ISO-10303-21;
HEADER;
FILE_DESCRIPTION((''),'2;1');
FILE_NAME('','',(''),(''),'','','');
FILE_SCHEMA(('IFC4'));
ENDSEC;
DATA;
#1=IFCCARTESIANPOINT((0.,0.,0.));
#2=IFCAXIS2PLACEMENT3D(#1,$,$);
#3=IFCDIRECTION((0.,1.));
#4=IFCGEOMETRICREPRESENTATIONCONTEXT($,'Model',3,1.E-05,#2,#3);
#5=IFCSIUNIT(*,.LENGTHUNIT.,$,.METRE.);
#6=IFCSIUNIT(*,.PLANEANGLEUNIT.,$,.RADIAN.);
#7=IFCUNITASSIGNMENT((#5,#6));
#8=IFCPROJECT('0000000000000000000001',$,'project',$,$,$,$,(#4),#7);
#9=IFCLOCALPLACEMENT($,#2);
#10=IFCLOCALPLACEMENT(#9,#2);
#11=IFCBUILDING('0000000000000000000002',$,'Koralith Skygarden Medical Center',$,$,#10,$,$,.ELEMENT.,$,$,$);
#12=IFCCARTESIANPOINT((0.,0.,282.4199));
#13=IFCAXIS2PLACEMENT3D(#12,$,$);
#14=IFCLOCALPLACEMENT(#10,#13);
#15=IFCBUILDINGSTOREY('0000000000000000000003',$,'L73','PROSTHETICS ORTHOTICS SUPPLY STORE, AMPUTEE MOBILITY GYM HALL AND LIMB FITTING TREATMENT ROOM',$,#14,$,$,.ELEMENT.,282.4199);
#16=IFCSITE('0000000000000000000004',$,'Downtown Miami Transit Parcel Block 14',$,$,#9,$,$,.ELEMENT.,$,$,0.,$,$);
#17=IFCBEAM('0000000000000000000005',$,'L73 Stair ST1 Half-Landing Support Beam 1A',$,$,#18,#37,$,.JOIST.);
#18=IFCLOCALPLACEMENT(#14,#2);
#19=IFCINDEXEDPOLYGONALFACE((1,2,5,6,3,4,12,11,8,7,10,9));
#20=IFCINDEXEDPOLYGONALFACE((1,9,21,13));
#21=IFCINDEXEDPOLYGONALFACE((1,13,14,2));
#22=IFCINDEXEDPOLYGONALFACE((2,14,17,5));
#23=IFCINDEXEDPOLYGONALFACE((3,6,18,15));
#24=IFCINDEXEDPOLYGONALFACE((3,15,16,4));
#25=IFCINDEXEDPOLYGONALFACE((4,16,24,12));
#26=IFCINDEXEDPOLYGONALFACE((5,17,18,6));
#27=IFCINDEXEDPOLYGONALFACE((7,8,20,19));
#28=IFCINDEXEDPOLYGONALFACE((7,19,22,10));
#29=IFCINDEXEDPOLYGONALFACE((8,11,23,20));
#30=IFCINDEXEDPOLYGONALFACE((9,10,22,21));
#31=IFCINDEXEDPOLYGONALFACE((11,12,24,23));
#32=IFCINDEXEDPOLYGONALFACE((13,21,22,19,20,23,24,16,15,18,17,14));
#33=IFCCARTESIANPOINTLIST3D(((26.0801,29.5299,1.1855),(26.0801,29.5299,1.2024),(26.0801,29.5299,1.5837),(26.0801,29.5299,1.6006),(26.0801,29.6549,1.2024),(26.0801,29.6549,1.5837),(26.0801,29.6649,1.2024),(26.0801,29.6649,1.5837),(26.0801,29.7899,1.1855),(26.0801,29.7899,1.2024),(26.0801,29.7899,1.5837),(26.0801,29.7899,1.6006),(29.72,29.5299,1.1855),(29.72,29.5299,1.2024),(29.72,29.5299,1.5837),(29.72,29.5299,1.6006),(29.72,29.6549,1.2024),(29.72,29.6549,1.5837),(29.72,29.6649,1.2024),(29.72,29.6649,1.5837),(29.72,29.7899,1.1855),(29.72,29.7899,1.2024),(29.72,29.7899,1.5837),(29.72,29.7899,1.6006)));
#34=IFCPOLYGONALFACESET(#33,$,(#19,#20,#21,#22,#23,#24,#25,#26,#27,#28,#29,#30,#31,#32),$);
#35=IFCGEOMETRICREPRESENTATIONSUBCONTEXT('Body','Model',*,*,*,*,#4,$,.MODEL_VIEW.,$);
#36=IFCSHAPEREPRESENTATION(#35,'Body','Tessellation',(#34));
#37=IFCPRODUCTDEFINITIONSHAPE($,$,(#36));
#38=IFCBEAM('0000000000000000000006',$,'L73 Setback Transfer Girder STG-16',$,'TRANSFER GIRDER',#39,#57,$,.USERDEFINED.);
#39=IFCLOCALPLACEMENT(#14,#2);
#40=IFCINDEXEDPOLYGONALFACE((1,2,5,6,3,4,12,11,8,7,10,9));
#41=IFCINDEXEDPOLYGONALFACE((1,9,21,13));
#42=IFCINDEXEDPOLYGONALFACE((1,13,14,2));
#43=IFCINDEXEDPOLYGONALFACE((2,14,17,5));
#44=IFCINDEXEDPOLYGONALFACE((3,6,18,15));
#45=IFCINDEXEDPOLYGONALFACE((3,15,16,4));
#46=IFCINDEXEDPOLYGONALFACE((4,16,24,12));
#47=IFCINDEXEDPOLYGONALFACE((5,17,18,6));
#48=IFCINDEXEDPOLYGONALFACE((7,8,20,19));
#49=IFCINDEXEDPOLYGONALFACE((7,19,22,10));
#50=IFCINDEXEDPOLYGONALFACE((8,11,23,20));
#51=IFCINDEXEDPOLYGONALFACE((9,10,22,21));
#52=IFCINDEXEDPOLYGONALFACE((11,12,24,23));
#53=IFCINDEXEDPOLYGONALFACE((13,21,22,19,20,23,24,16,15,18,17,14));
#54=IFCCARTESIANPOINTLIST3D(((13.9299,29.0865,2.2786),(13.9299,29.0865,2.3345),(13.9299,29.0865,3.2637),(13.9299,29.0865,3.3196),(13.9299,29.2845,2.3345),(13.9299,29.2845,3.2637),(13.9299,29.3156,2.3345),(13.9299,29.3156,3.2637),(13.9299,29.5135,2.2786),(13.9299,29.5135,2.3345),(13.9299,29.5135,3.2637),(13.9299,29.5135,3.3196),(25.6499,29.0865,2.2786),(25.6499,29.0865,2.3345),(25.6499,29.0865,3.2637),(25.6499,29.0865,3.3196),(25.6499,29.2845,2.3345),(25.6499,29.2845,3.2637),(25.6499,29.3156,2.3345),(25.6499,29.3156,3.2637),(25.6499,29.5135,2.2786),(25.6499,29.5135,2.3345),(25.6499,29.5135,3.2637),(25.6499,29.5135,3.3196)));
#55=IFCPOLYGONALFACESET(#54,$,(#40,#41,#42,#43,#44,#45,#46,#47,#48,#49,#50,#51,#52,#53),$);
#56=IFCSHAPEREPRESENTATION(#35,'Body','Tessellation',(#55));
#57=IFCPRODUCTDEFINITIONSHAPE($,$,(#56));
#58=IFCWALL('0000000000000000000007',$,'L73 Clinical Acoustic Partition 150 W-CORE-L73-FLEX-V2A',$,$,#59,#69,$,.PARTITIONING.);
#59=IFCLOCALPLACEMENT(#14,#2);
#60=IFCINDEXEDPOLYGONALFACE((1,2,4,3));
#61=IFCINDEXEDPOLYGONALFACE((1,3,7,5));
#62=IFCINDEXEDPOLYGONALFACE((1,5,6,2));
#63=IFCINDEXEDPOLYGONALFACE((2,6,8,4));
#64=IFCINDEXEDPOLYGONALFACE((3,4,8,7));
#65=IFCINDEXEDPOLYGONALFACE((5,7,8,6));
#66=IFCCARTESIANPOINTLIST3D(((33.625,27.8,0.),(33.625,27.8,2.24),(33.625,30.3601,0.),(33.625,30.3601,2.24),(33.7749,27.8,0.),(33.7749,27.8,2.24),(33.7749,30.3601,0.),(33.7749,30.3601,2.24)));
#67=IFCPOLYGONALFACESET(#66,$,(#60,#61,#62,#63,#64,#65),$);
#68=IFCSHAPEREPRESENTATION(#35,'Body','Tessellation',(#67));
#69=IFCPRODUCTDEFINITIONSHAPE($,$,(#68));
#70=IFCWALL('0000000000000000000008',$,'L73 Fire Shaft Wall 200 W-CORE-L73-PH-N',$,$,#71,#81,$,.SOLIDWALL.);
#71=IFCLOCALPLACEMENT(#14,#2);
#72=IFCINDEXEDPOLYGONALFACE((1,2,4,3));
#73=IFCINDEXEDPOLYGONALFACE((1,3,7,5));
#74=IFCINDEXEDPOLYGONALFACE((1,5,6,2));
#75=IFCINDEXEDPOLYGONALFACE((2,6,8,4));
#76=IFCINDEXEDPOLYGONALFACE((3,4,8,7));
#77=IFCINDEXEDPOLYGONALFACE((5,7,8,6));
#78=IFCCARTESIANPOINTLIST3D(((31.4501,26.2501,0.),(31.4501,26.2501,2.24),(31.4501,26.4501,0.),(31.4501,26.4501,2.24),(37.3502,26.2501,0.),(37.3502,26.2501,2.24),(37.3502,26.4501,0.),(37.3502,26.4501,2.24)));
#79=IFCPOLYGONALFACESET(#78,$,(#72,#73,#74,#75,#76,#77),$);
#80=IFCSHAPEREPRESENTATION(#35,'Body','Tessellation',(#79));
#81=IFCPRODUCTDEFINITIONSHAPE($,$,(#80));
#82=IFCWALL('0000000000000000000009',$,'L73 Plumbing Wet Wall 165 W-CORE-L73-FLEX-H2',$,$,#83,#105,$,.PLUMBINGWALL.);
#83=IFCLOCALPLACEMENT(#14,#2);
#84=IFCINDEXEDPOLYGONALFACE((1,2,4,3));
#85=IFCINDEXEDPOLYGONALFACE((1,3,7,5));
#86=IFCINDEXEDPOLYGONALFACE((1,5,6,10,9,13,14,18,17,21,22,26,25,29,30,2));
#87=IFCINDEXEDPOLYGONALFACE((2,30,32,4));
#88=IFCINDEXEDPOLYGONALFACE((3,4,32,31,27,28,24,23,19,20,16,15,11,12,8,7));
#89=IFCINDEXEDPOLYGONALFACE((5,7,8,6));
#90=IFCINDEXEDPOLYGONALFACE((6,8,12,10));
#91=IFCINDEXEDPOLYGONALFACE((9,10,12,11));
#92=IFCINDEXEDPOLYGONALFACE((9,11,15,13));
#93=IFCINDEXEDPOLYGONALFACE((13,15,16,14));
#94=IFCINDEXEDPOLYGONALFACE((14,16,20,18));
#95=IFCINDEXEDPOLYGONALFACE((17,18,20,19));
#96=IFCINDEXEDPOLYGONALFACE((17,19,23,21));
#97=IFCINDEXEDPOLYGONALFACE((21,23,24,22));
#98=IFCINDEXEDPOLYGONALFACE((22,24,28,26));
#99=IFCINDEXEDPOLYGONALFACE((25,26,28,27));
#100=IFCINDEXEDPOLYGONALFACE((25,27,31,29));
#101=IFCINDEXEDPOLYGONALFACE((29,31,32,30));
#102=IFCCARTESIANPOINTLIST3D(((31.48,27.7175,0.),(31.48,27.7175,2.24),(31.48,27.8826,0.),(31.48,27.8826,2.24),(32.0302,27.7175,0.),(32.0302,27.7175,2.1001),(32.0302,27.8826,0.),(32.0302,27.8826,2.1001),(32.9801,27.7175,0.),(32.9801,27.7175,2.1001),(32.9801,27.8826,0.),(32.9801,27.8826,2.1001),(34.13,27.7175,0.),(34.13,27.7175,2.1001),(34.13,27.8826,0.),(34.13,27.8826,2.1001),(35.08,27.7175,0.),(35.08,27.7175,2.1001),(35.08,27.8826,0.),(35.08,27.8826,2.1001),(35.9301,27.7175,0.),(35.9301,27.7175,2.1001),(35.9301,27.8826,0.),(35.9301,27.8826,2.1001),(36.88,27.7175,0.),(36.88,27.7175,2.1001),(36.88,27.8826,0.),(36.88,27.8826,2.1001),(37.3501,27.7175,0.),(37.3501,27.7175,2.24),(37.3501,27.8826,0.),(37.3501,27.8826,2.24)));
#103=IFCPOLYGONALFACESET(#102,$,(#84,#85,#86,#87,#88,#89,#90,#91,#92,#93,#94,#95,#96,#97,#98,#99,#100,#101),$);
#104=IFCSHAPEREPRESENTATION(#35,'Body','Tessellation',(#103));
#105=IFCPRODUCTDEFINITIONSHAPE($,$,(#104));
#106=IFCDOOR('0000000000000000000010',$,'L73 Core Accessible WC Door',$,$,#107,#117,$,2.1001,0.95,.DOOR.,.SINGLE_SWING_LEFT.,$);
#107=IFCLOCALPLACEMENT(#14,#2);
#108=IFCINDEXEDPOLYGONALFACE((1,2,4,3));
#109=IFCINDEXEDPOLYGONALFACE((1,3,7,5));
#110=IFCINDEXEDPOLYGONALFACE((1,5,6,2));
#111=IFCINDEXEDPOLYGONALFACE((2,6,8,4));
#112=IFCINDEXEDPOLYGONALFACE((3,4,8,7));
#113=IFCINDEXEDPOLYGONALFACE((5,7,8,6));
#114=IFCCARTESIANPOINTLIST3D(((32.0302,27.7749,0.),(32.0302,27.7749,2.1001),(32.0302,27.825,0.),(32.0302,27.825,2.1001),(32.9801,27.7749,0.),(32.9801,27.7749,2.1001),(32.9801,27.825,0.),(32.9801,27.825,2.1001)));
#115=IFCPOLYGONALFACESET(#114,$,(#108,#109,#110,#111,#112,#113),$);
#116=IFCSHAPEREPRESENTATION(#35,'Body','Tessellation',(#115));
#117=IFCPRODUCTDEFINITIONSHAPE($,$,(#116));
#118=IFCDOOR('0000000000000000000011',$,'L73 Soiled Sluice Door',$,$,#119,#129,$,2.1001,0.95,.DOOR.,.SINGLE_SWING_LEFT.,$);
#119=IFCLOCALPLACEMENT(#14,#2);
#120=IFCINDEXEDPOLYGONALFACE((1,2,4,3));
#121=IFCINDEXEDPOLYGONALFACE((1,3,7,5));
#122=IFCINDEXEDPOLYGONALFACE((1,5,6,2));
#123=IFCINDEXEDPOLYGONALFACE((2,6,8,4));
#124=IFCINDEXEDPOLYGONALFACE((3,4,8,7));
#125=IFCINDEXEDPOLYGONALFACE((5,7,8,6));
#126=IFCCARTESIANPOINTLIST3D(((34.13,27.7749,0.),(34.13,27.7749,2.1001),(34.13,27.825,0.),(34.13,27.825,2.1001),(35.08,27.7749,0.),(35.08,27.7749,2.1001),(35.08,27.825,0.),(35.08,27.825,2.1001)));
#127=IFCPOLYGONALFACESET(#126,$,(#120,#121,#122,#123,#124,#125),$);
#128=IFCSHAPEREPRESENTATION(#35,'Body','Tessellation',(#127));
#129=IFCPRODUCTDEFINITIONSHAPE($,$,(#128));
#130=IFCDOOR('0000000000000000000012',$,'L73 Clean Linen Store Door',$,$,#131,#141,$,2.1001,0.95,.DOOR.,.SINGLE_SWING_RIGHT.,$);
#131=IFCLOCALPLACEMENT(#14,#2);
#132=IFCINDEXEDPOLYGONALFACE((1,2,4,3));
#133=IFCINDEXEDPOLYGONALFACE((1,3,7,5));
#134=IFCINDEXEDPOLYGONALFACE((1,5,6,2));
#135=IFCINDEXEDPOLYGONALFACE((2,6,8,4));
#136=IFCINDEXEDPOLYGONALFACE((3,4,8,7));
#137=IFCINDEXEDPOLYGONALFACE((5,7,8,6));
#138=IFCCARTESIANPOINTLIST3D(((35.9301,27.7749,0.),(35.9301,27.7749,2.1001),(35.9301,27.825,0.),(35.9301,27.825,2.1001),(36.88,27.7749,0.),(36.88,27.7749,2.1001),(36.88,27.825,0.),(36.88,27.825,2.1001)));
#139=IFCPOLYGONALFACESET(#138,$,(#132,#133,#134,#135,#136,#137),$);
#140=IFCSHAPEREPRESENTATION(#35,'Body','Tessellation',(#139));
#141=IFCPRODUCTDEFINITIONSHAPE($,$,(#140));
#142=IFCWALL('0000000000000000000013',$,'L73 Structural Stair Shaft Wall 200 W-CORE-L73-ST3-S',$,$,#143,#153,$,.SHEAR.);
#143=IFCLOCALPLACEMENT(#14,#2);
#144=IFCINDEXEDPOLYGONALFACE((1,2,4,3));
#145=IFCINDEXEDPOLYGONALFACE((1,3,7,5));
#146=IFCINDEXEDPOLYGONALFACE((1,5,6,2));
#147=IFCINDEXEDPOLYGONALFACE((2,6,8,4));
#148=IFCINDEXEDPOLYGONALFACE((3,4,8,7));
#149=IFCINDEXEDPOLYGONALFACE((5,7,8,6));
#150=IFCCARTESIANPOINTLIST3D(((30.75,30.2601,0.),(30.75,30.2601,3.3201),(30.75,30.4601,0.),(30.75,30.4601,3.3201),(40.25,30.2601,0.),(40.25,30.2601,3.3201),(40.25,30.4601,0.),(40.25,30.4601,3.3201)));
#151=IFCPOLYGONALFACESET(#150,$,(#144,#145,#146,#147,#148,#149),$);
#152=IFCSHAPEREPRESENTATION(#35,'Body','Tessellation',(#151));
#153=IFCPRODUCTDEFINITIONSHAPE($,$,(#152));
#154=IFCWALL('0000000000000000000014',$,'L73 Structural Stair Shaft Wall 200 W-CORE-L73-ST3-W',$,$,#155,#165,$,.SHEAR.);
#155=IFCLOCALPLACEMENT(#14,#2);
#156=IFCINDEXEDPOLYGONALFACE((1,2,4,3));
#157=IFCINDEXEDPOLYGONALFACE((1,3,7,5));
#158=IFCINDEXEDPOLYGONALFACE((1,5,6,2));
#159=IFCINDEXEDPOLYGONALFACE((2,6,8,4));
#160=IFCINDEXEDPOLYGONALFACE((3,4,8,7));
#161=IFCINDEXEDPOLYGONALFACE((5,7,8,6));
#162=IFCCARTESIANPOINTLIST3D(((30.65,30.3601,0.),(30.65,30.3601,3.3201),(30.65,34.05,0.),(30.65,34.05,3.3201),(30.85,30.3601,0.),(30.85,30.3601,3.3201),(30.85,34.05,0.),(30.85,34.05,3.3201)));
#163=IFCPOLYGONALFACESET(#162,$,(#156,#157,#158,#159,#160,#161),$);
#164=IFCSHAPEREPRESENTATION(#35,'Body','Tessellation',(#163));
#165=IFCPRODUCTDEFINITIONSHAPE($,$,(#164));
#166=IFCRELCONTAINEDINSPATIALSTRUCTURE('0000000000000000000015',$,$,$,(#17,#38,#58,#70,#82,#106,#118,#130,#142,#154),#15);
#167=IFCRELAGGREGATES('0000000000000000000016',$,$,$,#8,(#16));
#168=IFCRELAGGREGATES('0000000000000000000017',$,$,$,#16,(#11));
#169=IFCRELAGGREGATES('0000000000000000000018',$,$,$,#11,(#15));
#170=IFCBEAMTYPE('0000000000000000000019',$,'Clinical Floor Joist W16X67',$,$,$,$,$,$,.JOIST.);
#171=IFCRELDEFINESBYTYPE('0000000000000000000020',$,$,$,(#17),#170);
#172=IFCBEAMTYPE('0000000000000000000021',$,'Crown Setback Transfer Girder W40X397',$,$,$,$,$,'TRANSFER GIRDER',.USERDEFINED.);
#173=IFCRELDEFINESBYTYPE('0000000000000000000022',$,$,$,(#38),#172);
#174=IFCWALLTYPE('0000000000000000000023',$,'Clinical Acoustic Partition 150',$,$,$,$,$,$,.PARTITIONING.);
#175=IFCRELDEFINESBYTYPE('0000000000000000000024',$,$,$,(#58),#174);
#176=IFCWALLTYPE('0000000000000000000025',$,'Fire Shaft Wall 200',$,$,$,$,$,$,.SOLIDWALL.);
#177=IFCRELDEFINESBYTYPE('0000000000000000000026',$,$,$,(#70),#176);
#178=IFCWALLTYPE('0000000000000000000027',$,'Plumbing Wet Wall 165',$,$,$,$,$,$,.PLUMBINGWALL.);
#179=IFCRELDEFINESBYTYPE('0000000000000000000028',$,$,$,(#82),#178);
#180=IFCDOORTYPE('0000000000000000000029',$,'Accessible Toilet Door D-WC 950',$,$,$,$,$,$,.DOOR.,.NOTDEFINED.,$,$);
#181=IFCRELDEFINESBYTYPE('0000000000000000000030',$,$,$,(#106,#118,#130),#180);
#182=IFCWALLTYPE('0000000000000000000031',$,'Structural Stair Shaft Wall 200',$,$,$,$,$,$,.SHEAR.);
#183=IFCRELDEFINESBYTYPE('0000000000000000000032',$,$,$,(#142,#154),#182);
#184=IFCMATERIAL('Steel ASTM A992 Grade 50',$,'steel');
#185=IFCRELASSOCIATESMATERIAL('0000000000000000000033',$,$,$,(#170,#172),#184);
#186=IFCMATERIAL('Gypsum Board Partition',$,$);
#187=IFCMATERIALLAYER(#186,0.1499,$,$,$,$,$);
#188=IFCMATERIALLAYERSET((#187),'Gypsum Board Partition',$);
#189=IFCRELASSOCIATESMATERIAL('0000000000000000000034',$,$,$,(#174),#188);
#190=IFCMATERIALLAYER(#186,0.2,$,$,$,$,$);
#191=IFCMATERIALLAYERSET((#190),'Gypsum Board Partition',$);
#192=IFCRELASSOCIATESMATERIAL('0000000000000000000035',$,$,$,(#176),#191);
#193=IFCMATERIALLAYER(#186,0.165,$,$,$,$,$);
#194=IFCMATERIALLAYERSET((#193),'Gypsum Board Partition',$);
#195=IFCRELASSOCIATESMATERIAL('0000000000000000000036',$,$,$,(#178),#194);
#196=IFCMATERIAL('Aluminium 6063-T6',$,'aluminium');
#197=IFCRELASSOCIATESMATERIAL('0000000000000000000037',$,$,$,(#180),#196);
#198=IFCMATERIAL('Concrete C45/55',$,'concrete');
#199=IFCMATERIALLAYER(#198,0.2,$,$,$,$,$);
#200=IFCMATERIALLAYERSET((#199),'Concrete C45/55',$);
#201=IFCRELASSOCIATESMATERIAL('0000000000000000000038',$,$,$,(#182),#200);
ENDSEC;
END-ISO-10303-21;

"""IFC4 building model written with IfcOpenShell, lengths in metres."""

from ifc_helpers import new_model, si_unit, direction, frame, frame_2d, origin, origin_2d, place, context, subcontext, project, spatial, rectangle, i_section, extrude, material, layer, layer_set, material_profile, profile_set, type_object, element, fill, save


model = new_model("IFC4")

# Units and contexts
model_context = context("Model", 3, precision=1e-05, world=origin(), true_north=direction((0.0, 1.0)))
body_context = subcontext(model_context, "Body", "Model", "MODEL_VIEW")
ifc_project = project(units=[si_unit("LENGTHUNIT", "METRE"), si_unit("PLANEANGLEUNIT", "RADIAN")], contexts=[model_context])

# Site, building, storey
site_placement = place(None, origin())
site = spatial("IfcSite", under=ifc_project, at=site_placement, Name="Downtown Miami Transit Parcel Block 14", CompositionType="ELEMENT", RefElevation=0.0)
building_placement = place(site_placement, origin())
building = spatial("IfcBuilding", under=site, at=building_placement, Name="Koralith Skygarden Medical Center", CompositionType="ELEMENT")
storey_placement = place(building_placement, frame((0.0, 0.0, 282.4199)))
storey = spatial("IfcBuildingStorey", under=building, at=storey_placement, Name="L73", Description="PROSTHETICS ORTHOTICS SUPPLY STORE, AMPUTEE MOBILITY GYM HALL AND LIMB FITTING TREATMENT ROOM", CompositionType="ELEMENT", Elevation=282.4199)

# Beams
ifc_material_1 = material(Name="Steel ASTM A992 Grade 50", Category="steel")
ifc_material_profile_1 = material_profile(ifc_material_1, i_section(OverallWidth=0.26, OverallDepth=0.415, WebThickness=0.01, FlangeThickness=0.0168, at=origin_2d()), Name="W16X67")
ifc_profile_set_1 = profile_set([ifc_material_profile_1], Name="Steel ASTM A992 Grade 50")
beam_type_1 = type_object("IfcBeamType", Name="Clinical Floor Joist W16X67", PredefinedType="JOIST", material=ifc_profile_set_1)
beam_1_placement = place(storey_placement, frame((26.0801, 29.6599, 1.3931), z_axis=(1.0, 0.0, 0.0), x_axis=(0.0, 1.0, 0.0)))
element("IfcBeam", 1, at=beam_1_placement, inside=storey, type_object=beam_type_1, Name="L73 Stair ST1 Half-Landing Support Beam 1A", PredefinedType="JOIST", context=body_context, shape_type="SweptSolid", body=[
    extrude(i_section(OverallWidth=0.26, OverallDepth=0.415, WebThickness=0.01, FlangeThickness=0.0168, at=origin_2d()), origin(), (0.0, 0.0, 1.0), 3.6399),
])
ifc_material_profile_2 = material_profile(ifc_material_1, i_section(OverallWidth=0.427, OverallDepth=1.041, WebThickness=0.031, FlangeThickness=0.0559, at=origin_2d()), Name="W40X397")
ifc_profile_set_2 = profile_set([ifc_material_profile_2], Name="Steel ASTM A992 Grade 50")
beam_type_2 = type_object("IfcBeamType", Name="Crown Setback Transfer Girder W40X397", ElementType="TRANSFER GIRDER", PredefinedType="USERDEFINED", material=ifc_profile_set_2)
beam_2_placement = place(storey_placement, frame((25.6499, 29.3, 2.7991), z_axis=(-1.0, 0.0, 0.0), x_axis=(0.0, -1.0, 0.0)))
element("IfcBeam", 2, at=beam_2_placement, inside=storey, type_object=beam_type_2, Name="L73 Setback Transfer Girder STG-16", ObjectType="TRANSFER GIRDER", PredefinedType="USERDEFINED", context=body_context, shape_type="SweptSolid", body=[
    extrude(i_section(OverallWidth=0.427, OverallDepth=1.041, WebThickness=0.031, FlangeThickness=0.0559, at=origin_2d()), origin(), (0.0, 0.0, 1.0), 11.72),
])

# Walls
ifc_material_2 = material(Name="Gypsum Board Partition")
ifc_layer_1 = layer(ifc_material_2, 0.1499)
ifc_layer_set_1 = layer_set([ifc_layer_1], Name="Gypsum Board Partition")
wall_type_1 = type_object("IfcWallType", Name="Clinical Acoustic Partition 150", PredefinedType="PARTITIONING", material=ifc_layer_set_1)
wall_1_placement = place(storey_placement, frame((33.7, 27.8, 0.0), z_axis=(0.0, 0.0, 1.0), x_axis=(0.0, 1.0, 0.0)))
element("IfcWall", 3, at=wall_1_placement, inside=storey, type_object=wall_type_1, Name="L73 Clinical Acoustic Partition 150 W-CORE-L73-FLEX-V2A", PredefinedType="PARTITIONING", context=body_context, shape_type="SweptSolid", body=[
    extrude(rectangle(XDim=2.5601, YDim=0.1499, at=frame_2d((1.28, 0.0))), origin(), (0.0, 0.0, 1.0), 2.24),
])
ifc_layer_2 = layer(ifc_material_2, 0.2)
ifc_layer_set_2 = layer_set([ifc_layer_2], Name="Gypsum Board Partition")
wall_type_2 = type_object("IfcWallType", Name="Fire Shaft Wall 200", PredefinedType="SOLIDWALL", material=ifc_layer_set_2)
wall_2_placement = place(storey_placement, frame((31.45, 26.3501, 0.0), z_axis=(0.0, 0.0, 1.0), x_axis=(1.0, 0.0, 0.0)))
element("IfcWall", 4, at=wall_2_placement, inside=storey, type_object=wall_type_2, Name="L73 Fire Shaft Wall 200 W-CORE-L73-PH-N", PredefinedType="SOLIDWALL", context=body_context, shape_type="SweptSolid", body=[
    extrude(rectangle(XDim=5.9001, YDim=0.2, at=frame_2d((2.9502, 0.0))), origin(), (0.0, 0.0, 1.0), 2.24),
])

# Shared definitions
ifc_layer_3 = layer(ifc_material_2, 0.165)
ifc_layer_set_3 = layer_set([ifc_layer_3], Name="Gypsum Board Partition")
wall_type_3 = type_object("IfcWallType", Name="Plumbing Wet Wall 165", PredefinedType="PLUMBINGWALL", material=ifc_layer_set_3)
ifc_material_3 = material(Name="Aluminium 6063-T6", Category="aluminium")

# Wall, openings, doors
wall_3_placement = place(storey_placement, frame((31.48, 27.8, 0.0), z_axis=(0.0, 0.0, 1.0), x_axis=(1.0, 0.0, 0.0)))
wall_3 = element("IfcWall", 5, at=wall_3_placement, inside=storey, type_object=wall_type_3, Name="L73 Plumbing Wet Wall 165 W-CORE-L73-FLEX-H2", PredefinedType="PLUMBINGWALL", context=body_context, shape_type="SweptSolid", body=[
    extrude(rectangle(XDim=5.8701, YDim=0.165, at=frame_2d((2.9351, 0.0))), origin(), (0.0, 0.0, 1.0), 2.24),
])
opening_1_placement = place(wall_3_placement, frame((0.55, 0.0, 0.0)))
opening_1 = element("IfcOpeningElement", 6, at=opening_1_placement, cuts=wall_3, PredefinedType="OPENING", context=body_context, shape_type="SweptSolid", body=[
    extrude(rectangle(XDim=0.95, YDim=2.1001, at=frame_2d((0.4751, 1.05))), frame((0.0, 0.0925, 0.0), z_axis=(0.0, -1.0, 0.0), x_axis=(1.0, 0.0, 0.0)), (0.0, 0.0, 1.0), 0.1851),
])
opening_2_placement = place(wall_3_placement, frame((2.6499, 0.0, 0.0)))
opening_2 = element("IfcOpeningElement", 7, at=opening_2_placement, cuts=wall_3, PredefinedType="OPENING", context=body_context, shape_type="SweptSolid", body=[
    extrude(rectangle(XDim=0.95, YDim=2.1001, at=frame_2d((0.4751, 1.05))), frame((0.0, 0.0925, 0.0), z_axis=(0.0, -1.0, 0.0), x_axis=(1.0, 0.0, 0.0)), (0.0, 0.0, 1.0), 0.1851),
])
opening_3_placement = place(wall_3_placement, frame((4.45, 0.0, 0.0)))
opening_3 = element("IfcOpeningElement", 8, at=opening_3_placement, cuts=wall_3, PredefinedType="OPENING", context=body_context, shape_type="SweptSolid", body=[
    extrude(rectangle(XDim=0.95, YDim=2.1001, at=frame_2d((0.4751, 1.05))), frame((0.0, 0.0925, 0.0), z_axis=(0.0, -1.0, 0.0), x_axis=(1.0, 0.0, 0.0)), (0.0, 0.0, 1.0), 0.1851),
])
door_type_1 = type_object("IfcDoorType", Name="Accessible Toilet Door D-WC 950", OperationType="NOTDEFINED", PredefinedType="DOOR", material=ifc_material_3)
door_1_placement = place(opening_1_placement, origin())
door_1 = element("IfcDoor", 9, at=door_1_placement, inside=storey, type_object=door_type_1, Name="L73 Core Accessible WC Door", OperationType="SINGLE_SWING_LEFT", OverallHeight=2.1001, OverallWidth=0.95, PredefinedType="DOOR", context=body_context, shape_type="SweptSolid", body=[
    extrude(rectangle(XDim=0.95, YDim=2.1001, at=frame_2d((0.4751, 1.05))), frame((0.0, 0.0249, 0.0), z_axis=(0.0, -1.0, 0.0), x_axis=(1.0, 0.0, 0.0)), (0.0, 0.0, 1.0), 0.05),
])
fill(opening_1, door_1)
door_2_placement = place(opening_2_placement, origin())
door_2 = element("IfcDoor", 10, at=door_2_placement, inside=storey, type_object=door_type_1, Name="L73 Soiled Sluice Door", OperationType="SINGLE_SWING_LEFT", OverallHeight=2.1001, OverallWidth=0.95, PredefinedType="DOOR", context=body_context, shape_type="SweptSolid", body=[
    extrude(rectangle(XDim=0.95, YDim=2.1001, at=frame_2d((0.4751, 1.05))), frame((0.0, 0.0249, 0.0), z_axis=(0.0, -1.0, 0.0), x_axis=(1.0, 0.0, 0.0)), (0.0, 0.0, 1.0), 0.05),
])
fill(opening_2, door_2)
door_3_placement = place(opening_3_placement, origin())
door_3 = element("IfcDoor", 11, at=door_3_placement, inside=storey, type_object=door_type_1, Name="L73 Clean Linen Store Door", OperationType="SINGLE_SWING_RIGHT", OverallHeight=2.1001, OverallWidth=0.95, PredefinedType="DOOR", context=body_context, shape_type="SweptSolid", body=[
    extrude(rectangle(XDim=0.95, YDim=2.1001, at=frame_2d((0.4751, 1.05))), frame((0.0, 0.0249, 0.0), z_axis=(0.0, -1.0, 0.0), x_axis=(1.0, 0.0, 0.0)), (0.0, 0.0, 1.0), 0.05),
])
fill(opening_3, door_3)

# Walls
ifc_material_4 = material(Name="Concrete C45/55", Category="concrete")
ifc_layer_4 = layer(ifc_material_4, 0.2)
ifc_layer_set_4 = layer_set([ifc_layer_4], Name="Concrete C45/55")
wall_type_4 = type_object("IfcWallType", Name="Structural Stair Shaft Wall 200", PredefinedType="SHEAR", material=ifc_layer_set_4)
wall_4_placement = place(storey_placement, frame((30.75, 30.3601, 0.0), z_axis=(0.0, 0.0, 1.0), x_axis=(1.0, 0.0, 0.0)))
element("IfcWall", 12, at=wall_4_placement, inside=storey, type_object=wall_type_4, Name="L73 Structural Stair Shaft Wall 200 W-CORE-L73-ST3-S", PredefinedType="SHEAR", context=body_context, shape_type="SweptSolid", body=[
    extrude(rectangle(XDim=9.5, YDim=0.2, at=frame_2d((4.75, 0.0))), origin(), (0.0, 0.0, 1.0), 3.3201),
])
wall_5_placement = place(storey_placement, frame((30.75, 30.3601, 0.0), z_axis=(0.0, 0.0, 1.0), x_axis=(0.0, 1.0, 0.0)))
element("IfcWall", 13, at=wall_5_placement, inside=storey, type_object=wall_type_4, Name="L73 Structural Stair Shaft Wall 200 W-CORE-L73-ST3-W", PredefinedType="SHEAR", context=body_context, shape_type="SweptSolid", body=[
    extrude(rectangle(XDim=3.6899, YDim=0.2, at=frame_2d((1.845, 0.0))), origin(), (0.0, 0.0, 1.0), 3.3201),
])

save(model, "model.ifc")
